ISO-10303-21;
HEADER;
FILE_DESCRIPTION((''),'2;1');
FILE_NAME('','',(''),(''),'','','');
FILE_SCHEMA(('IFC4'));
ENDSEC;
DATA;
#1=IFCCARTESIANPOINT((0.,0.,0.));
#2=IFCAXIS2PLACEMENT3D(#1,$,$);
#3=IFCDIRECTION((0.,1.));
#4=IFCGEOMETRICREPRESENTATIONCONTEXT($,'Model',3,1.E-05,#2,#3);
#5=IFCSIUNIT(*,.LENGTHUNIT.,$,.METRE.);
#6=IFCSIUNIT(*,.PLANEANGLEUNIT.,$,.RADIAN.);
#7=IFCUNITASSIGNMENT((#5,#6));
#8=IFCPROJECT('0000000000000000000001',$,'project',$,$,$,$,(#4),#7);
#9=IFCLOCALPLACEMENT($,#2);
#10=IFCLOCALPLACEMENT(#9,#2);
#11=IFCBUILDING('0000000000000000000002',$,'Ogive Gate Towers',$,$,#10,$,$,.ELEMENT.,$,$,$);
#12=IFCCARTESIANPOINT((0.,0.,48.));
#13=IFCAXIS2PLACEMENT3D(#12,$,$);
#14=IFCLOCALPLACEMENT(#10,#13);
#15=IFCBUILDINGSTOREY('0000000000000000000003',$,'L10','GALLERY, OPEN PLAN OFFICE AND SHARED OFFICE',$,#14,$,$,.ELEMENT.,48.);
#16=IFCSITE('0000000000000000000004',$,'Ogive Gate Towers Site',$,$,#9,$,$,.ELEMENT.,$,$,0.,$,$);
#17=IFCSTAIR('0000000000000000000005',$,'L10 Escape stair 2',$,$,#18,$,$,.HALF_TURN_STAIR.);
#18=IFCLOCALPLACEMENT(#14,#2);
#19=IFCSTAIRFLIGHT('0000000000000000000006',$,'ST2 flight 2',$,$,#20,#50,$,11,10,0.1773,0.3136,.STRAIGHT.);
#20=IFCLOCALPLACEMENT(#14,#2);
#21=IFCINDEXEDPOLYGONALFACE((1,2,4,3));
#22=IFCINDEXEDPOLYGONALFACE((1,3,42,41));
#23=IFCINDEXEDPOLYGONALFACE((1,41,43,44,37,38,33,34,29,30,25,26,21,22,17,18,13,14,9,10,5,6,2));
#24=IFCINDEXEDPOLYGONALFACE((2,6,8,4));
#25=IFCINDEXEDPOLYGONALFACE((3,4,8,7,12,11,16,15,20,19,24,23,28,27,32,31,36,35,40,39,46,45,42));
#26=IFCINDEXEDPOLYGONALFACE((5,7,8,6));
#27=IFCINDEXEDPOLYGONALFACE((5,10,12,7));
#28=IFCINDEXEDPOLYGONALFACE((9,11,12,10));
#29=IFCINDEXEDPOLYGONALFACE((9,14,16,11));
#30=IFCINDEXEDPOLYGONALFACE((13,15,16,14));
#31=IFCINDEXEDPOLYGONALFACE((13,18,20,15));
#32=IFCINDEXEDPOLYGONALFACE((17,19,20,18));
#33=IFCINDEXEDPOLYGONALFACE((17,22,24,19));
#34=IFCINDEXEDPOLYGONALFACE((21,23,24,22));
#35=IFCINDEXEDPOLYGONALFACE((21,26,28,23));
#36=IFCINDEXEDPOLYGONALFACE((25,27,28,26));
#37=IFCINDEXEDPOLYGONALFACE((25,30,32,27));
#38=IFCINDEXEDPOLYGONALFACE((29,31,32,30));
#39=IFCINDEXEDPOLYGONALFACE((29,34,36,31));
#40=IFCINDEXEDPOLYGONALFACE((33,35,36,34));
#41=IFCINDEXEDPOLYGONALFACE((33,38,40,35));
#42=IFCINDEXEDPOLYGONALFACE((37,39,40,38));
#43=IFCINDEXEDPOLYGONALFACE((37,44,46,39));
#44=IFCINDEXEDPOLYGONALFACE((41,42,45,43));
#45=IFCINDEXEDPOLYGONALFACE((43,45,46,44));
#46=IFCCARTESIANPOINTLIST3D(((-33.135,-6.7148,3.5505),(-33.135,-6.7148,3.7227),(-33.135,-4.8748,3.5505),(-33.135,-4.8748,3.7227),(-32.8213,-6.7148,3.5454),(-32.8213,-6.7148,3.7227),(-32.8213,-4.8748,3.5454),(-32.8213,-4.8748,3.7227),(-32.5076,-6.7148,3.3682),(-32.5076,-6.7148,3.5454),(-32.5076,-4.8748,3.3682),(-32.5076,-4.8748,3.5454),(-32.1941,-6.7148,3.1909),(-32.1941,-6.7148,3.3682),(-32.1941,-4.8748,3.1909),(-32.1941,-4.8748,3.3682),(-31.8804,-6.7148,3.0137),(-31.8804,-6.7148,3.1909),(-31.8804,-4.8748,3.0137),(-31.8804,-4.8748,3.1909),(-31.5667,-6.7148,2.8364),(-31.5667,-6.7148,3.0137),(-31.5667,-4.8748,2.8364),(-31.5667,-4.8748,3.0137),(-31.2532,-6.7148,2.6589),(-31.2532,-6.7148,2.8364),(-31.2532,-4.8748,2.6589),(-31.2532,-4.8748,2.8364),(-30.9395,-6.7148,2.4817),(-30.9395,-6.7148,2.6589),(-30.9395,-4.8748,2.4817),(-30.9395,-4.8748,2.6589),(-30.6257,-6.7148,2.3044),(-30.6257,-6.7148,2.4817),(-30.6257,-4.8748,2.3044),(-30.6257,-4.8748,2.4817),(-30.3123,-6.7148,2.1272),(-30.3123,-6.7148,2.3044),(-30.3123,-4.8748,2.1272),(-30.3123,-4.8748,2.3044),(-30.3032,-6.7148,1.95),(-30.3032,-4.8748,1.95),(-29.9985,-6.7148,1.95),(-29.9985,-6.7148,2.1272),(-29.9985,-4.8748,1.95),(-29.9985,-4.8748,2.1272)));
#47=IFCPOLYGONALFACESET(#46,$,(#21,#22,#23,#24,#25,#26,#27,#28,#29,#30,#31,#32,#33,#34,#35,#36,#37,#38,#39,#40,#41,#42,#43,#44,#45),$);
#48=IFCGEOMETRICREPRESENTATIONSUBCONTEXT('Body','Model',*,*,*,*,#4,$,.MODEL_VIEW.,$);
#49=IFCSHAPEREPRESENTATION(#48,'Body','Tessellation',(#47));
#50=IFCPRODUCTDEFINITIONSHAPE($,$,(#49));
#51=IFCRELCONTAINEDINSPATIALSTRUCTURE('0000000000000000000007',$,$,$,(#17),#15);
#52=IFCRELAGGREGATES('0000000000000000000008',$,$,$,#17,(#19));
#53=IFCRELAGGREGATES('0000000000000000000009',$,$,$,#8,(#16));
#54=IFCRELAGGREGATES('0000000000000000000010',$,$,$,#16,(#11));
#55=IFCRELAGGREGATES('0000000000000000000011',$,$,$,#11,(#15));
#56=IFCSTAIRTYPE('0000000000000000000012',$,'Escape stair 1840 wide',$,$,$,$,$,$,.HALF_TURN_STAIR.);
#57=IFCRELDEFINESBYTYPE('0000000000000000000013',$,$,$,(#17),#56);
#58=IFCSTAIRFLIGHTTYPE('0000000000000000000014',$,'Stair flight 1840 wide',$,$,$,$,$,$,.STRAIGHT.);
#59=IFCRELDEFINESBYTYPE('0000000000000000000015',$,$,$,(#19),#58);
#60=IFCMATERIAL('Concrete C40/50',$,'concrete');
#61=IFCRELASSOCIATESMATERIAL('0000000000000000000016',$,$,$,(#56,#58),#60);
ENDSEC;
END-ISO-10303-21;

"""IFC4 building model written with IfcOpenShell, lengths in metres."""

from ifc_helpers import new_model, si_unit, direction, frame, origin, place, context, subcontext, project, spatial, polyline, outline, extrude, material, type_object, element, aggregate, save


model = new_model("IFC4")

# Units and contexts
model_context = context("Model", 3, precision=1e-05, world=origin(), true_north=direction((0.0, 1.0)))
body_context = subcontext(model_context, "Body", "Model", "MODEL_VIEW")
ifc_project = project(units=[si_unit("LENGTHUNIT", "METRE"), si_unit("PLANEANGLEUNIT", "RADIAN")], contexts=[model_context])

# Site, building, storey
site_placement = place(None, origin())
site = spatial("IfcSite", under=ifc_project, at=site_placement, Name="Ogive Gate Towers Site", CompositionType="ELEMENT", RefElevation=0.0)
building_placement = place(site_placement, origin())
building = spatial("IfcBuilding", under=site, at=building_placement, Name="Ogive Gate Towers", CompositionType="ELEMENT")
storey_placement = place(building_placement, frame((0.0, 0.0, 48.0)))
storey = spatial("IfcBuildingStorey", under=building, at=storey_placement, Name="L10", Description="GALLERY, OPEN PLAN OFFICE AND SHARED OFFICE", CompositionType="ELEMENT", Elevation=48.0)

# Stair, stair flight
ifc_material_1 = material(Name="Concrete C40/50", Category="concrete")
stair_type = type_object("IfcStairType", Name="Escape stair 1840 wide", PredefinedType="HALF_TURN_STAIR", material=ifc_material_1)
stair_placement = place(storey_placement, origin())
stair = element("IfcStair", 1, at=stair_placement, inside=storey, type_object=stair_type, Name="L10 Escape stair 2", PredefinedType="HALF_TURN_STAIR")
stair_flight_type = type_object("IfcStairFlightType", Name="Stair flight 1840 wide", PredefinedType="STRAIGHT", material=ifc_material_1)
stair_flight_1_placement = place(storey_placement, frame((-29.9985, -5.7949, 1.95), z_axis=(0.0, 0.0, 1.0), x_axis=(-1.0, 0.0, 0.0)))
stair_flight_1 = element("IfcStairFlight", 2, at=stair_flight_1_placement, type_object=stair_flight_type, Name="ST2 flight 2", NumberOfRisers=11, NumberOfTreads=10, PredefinedType="STRAIGHT", RiserHeight=0.1773, TreadLength=0.3136, context=body_context, shape_type="SweptSolid", body=[
    extrude(outline(polyline([(0.0, 0.0), (0.0, 0.1772), (0.3137, 0.1772), (0.3137, 0.3545), (0.6272, 0.3545), (0.6272, 0.5317), (0.9409, 0.5317), (0.9409, 0.709), (1.2546, 0.709), (1.2546, 0.8865), (1.5681, 0.8865), (1.5681, 1.0637), (1.8818, 1.0637), (1.8818, 1.241), (2.1956, 1.241), (2.1956, 1.4182), (2.509, 1.4182), (2.509, 1.5955), (2.8228, 1.5955), (2.8228, 1.7727), (3.1365, 1.7727), (3.1365, 1.95), (3.1365, 1.6006), (0.3047, 0.0), (0.0, 0.0)])), frame((0.0, 0.9199, 0.0), z_axis=(0.0, -1.0, 0.0), x_axis=(1.0, 0.0, 0.0)), (0.0, 0.0, 1.0), 1.8401),
])
aggregate(stair, [stair_flight_1])

save(model, "model.ifc")
